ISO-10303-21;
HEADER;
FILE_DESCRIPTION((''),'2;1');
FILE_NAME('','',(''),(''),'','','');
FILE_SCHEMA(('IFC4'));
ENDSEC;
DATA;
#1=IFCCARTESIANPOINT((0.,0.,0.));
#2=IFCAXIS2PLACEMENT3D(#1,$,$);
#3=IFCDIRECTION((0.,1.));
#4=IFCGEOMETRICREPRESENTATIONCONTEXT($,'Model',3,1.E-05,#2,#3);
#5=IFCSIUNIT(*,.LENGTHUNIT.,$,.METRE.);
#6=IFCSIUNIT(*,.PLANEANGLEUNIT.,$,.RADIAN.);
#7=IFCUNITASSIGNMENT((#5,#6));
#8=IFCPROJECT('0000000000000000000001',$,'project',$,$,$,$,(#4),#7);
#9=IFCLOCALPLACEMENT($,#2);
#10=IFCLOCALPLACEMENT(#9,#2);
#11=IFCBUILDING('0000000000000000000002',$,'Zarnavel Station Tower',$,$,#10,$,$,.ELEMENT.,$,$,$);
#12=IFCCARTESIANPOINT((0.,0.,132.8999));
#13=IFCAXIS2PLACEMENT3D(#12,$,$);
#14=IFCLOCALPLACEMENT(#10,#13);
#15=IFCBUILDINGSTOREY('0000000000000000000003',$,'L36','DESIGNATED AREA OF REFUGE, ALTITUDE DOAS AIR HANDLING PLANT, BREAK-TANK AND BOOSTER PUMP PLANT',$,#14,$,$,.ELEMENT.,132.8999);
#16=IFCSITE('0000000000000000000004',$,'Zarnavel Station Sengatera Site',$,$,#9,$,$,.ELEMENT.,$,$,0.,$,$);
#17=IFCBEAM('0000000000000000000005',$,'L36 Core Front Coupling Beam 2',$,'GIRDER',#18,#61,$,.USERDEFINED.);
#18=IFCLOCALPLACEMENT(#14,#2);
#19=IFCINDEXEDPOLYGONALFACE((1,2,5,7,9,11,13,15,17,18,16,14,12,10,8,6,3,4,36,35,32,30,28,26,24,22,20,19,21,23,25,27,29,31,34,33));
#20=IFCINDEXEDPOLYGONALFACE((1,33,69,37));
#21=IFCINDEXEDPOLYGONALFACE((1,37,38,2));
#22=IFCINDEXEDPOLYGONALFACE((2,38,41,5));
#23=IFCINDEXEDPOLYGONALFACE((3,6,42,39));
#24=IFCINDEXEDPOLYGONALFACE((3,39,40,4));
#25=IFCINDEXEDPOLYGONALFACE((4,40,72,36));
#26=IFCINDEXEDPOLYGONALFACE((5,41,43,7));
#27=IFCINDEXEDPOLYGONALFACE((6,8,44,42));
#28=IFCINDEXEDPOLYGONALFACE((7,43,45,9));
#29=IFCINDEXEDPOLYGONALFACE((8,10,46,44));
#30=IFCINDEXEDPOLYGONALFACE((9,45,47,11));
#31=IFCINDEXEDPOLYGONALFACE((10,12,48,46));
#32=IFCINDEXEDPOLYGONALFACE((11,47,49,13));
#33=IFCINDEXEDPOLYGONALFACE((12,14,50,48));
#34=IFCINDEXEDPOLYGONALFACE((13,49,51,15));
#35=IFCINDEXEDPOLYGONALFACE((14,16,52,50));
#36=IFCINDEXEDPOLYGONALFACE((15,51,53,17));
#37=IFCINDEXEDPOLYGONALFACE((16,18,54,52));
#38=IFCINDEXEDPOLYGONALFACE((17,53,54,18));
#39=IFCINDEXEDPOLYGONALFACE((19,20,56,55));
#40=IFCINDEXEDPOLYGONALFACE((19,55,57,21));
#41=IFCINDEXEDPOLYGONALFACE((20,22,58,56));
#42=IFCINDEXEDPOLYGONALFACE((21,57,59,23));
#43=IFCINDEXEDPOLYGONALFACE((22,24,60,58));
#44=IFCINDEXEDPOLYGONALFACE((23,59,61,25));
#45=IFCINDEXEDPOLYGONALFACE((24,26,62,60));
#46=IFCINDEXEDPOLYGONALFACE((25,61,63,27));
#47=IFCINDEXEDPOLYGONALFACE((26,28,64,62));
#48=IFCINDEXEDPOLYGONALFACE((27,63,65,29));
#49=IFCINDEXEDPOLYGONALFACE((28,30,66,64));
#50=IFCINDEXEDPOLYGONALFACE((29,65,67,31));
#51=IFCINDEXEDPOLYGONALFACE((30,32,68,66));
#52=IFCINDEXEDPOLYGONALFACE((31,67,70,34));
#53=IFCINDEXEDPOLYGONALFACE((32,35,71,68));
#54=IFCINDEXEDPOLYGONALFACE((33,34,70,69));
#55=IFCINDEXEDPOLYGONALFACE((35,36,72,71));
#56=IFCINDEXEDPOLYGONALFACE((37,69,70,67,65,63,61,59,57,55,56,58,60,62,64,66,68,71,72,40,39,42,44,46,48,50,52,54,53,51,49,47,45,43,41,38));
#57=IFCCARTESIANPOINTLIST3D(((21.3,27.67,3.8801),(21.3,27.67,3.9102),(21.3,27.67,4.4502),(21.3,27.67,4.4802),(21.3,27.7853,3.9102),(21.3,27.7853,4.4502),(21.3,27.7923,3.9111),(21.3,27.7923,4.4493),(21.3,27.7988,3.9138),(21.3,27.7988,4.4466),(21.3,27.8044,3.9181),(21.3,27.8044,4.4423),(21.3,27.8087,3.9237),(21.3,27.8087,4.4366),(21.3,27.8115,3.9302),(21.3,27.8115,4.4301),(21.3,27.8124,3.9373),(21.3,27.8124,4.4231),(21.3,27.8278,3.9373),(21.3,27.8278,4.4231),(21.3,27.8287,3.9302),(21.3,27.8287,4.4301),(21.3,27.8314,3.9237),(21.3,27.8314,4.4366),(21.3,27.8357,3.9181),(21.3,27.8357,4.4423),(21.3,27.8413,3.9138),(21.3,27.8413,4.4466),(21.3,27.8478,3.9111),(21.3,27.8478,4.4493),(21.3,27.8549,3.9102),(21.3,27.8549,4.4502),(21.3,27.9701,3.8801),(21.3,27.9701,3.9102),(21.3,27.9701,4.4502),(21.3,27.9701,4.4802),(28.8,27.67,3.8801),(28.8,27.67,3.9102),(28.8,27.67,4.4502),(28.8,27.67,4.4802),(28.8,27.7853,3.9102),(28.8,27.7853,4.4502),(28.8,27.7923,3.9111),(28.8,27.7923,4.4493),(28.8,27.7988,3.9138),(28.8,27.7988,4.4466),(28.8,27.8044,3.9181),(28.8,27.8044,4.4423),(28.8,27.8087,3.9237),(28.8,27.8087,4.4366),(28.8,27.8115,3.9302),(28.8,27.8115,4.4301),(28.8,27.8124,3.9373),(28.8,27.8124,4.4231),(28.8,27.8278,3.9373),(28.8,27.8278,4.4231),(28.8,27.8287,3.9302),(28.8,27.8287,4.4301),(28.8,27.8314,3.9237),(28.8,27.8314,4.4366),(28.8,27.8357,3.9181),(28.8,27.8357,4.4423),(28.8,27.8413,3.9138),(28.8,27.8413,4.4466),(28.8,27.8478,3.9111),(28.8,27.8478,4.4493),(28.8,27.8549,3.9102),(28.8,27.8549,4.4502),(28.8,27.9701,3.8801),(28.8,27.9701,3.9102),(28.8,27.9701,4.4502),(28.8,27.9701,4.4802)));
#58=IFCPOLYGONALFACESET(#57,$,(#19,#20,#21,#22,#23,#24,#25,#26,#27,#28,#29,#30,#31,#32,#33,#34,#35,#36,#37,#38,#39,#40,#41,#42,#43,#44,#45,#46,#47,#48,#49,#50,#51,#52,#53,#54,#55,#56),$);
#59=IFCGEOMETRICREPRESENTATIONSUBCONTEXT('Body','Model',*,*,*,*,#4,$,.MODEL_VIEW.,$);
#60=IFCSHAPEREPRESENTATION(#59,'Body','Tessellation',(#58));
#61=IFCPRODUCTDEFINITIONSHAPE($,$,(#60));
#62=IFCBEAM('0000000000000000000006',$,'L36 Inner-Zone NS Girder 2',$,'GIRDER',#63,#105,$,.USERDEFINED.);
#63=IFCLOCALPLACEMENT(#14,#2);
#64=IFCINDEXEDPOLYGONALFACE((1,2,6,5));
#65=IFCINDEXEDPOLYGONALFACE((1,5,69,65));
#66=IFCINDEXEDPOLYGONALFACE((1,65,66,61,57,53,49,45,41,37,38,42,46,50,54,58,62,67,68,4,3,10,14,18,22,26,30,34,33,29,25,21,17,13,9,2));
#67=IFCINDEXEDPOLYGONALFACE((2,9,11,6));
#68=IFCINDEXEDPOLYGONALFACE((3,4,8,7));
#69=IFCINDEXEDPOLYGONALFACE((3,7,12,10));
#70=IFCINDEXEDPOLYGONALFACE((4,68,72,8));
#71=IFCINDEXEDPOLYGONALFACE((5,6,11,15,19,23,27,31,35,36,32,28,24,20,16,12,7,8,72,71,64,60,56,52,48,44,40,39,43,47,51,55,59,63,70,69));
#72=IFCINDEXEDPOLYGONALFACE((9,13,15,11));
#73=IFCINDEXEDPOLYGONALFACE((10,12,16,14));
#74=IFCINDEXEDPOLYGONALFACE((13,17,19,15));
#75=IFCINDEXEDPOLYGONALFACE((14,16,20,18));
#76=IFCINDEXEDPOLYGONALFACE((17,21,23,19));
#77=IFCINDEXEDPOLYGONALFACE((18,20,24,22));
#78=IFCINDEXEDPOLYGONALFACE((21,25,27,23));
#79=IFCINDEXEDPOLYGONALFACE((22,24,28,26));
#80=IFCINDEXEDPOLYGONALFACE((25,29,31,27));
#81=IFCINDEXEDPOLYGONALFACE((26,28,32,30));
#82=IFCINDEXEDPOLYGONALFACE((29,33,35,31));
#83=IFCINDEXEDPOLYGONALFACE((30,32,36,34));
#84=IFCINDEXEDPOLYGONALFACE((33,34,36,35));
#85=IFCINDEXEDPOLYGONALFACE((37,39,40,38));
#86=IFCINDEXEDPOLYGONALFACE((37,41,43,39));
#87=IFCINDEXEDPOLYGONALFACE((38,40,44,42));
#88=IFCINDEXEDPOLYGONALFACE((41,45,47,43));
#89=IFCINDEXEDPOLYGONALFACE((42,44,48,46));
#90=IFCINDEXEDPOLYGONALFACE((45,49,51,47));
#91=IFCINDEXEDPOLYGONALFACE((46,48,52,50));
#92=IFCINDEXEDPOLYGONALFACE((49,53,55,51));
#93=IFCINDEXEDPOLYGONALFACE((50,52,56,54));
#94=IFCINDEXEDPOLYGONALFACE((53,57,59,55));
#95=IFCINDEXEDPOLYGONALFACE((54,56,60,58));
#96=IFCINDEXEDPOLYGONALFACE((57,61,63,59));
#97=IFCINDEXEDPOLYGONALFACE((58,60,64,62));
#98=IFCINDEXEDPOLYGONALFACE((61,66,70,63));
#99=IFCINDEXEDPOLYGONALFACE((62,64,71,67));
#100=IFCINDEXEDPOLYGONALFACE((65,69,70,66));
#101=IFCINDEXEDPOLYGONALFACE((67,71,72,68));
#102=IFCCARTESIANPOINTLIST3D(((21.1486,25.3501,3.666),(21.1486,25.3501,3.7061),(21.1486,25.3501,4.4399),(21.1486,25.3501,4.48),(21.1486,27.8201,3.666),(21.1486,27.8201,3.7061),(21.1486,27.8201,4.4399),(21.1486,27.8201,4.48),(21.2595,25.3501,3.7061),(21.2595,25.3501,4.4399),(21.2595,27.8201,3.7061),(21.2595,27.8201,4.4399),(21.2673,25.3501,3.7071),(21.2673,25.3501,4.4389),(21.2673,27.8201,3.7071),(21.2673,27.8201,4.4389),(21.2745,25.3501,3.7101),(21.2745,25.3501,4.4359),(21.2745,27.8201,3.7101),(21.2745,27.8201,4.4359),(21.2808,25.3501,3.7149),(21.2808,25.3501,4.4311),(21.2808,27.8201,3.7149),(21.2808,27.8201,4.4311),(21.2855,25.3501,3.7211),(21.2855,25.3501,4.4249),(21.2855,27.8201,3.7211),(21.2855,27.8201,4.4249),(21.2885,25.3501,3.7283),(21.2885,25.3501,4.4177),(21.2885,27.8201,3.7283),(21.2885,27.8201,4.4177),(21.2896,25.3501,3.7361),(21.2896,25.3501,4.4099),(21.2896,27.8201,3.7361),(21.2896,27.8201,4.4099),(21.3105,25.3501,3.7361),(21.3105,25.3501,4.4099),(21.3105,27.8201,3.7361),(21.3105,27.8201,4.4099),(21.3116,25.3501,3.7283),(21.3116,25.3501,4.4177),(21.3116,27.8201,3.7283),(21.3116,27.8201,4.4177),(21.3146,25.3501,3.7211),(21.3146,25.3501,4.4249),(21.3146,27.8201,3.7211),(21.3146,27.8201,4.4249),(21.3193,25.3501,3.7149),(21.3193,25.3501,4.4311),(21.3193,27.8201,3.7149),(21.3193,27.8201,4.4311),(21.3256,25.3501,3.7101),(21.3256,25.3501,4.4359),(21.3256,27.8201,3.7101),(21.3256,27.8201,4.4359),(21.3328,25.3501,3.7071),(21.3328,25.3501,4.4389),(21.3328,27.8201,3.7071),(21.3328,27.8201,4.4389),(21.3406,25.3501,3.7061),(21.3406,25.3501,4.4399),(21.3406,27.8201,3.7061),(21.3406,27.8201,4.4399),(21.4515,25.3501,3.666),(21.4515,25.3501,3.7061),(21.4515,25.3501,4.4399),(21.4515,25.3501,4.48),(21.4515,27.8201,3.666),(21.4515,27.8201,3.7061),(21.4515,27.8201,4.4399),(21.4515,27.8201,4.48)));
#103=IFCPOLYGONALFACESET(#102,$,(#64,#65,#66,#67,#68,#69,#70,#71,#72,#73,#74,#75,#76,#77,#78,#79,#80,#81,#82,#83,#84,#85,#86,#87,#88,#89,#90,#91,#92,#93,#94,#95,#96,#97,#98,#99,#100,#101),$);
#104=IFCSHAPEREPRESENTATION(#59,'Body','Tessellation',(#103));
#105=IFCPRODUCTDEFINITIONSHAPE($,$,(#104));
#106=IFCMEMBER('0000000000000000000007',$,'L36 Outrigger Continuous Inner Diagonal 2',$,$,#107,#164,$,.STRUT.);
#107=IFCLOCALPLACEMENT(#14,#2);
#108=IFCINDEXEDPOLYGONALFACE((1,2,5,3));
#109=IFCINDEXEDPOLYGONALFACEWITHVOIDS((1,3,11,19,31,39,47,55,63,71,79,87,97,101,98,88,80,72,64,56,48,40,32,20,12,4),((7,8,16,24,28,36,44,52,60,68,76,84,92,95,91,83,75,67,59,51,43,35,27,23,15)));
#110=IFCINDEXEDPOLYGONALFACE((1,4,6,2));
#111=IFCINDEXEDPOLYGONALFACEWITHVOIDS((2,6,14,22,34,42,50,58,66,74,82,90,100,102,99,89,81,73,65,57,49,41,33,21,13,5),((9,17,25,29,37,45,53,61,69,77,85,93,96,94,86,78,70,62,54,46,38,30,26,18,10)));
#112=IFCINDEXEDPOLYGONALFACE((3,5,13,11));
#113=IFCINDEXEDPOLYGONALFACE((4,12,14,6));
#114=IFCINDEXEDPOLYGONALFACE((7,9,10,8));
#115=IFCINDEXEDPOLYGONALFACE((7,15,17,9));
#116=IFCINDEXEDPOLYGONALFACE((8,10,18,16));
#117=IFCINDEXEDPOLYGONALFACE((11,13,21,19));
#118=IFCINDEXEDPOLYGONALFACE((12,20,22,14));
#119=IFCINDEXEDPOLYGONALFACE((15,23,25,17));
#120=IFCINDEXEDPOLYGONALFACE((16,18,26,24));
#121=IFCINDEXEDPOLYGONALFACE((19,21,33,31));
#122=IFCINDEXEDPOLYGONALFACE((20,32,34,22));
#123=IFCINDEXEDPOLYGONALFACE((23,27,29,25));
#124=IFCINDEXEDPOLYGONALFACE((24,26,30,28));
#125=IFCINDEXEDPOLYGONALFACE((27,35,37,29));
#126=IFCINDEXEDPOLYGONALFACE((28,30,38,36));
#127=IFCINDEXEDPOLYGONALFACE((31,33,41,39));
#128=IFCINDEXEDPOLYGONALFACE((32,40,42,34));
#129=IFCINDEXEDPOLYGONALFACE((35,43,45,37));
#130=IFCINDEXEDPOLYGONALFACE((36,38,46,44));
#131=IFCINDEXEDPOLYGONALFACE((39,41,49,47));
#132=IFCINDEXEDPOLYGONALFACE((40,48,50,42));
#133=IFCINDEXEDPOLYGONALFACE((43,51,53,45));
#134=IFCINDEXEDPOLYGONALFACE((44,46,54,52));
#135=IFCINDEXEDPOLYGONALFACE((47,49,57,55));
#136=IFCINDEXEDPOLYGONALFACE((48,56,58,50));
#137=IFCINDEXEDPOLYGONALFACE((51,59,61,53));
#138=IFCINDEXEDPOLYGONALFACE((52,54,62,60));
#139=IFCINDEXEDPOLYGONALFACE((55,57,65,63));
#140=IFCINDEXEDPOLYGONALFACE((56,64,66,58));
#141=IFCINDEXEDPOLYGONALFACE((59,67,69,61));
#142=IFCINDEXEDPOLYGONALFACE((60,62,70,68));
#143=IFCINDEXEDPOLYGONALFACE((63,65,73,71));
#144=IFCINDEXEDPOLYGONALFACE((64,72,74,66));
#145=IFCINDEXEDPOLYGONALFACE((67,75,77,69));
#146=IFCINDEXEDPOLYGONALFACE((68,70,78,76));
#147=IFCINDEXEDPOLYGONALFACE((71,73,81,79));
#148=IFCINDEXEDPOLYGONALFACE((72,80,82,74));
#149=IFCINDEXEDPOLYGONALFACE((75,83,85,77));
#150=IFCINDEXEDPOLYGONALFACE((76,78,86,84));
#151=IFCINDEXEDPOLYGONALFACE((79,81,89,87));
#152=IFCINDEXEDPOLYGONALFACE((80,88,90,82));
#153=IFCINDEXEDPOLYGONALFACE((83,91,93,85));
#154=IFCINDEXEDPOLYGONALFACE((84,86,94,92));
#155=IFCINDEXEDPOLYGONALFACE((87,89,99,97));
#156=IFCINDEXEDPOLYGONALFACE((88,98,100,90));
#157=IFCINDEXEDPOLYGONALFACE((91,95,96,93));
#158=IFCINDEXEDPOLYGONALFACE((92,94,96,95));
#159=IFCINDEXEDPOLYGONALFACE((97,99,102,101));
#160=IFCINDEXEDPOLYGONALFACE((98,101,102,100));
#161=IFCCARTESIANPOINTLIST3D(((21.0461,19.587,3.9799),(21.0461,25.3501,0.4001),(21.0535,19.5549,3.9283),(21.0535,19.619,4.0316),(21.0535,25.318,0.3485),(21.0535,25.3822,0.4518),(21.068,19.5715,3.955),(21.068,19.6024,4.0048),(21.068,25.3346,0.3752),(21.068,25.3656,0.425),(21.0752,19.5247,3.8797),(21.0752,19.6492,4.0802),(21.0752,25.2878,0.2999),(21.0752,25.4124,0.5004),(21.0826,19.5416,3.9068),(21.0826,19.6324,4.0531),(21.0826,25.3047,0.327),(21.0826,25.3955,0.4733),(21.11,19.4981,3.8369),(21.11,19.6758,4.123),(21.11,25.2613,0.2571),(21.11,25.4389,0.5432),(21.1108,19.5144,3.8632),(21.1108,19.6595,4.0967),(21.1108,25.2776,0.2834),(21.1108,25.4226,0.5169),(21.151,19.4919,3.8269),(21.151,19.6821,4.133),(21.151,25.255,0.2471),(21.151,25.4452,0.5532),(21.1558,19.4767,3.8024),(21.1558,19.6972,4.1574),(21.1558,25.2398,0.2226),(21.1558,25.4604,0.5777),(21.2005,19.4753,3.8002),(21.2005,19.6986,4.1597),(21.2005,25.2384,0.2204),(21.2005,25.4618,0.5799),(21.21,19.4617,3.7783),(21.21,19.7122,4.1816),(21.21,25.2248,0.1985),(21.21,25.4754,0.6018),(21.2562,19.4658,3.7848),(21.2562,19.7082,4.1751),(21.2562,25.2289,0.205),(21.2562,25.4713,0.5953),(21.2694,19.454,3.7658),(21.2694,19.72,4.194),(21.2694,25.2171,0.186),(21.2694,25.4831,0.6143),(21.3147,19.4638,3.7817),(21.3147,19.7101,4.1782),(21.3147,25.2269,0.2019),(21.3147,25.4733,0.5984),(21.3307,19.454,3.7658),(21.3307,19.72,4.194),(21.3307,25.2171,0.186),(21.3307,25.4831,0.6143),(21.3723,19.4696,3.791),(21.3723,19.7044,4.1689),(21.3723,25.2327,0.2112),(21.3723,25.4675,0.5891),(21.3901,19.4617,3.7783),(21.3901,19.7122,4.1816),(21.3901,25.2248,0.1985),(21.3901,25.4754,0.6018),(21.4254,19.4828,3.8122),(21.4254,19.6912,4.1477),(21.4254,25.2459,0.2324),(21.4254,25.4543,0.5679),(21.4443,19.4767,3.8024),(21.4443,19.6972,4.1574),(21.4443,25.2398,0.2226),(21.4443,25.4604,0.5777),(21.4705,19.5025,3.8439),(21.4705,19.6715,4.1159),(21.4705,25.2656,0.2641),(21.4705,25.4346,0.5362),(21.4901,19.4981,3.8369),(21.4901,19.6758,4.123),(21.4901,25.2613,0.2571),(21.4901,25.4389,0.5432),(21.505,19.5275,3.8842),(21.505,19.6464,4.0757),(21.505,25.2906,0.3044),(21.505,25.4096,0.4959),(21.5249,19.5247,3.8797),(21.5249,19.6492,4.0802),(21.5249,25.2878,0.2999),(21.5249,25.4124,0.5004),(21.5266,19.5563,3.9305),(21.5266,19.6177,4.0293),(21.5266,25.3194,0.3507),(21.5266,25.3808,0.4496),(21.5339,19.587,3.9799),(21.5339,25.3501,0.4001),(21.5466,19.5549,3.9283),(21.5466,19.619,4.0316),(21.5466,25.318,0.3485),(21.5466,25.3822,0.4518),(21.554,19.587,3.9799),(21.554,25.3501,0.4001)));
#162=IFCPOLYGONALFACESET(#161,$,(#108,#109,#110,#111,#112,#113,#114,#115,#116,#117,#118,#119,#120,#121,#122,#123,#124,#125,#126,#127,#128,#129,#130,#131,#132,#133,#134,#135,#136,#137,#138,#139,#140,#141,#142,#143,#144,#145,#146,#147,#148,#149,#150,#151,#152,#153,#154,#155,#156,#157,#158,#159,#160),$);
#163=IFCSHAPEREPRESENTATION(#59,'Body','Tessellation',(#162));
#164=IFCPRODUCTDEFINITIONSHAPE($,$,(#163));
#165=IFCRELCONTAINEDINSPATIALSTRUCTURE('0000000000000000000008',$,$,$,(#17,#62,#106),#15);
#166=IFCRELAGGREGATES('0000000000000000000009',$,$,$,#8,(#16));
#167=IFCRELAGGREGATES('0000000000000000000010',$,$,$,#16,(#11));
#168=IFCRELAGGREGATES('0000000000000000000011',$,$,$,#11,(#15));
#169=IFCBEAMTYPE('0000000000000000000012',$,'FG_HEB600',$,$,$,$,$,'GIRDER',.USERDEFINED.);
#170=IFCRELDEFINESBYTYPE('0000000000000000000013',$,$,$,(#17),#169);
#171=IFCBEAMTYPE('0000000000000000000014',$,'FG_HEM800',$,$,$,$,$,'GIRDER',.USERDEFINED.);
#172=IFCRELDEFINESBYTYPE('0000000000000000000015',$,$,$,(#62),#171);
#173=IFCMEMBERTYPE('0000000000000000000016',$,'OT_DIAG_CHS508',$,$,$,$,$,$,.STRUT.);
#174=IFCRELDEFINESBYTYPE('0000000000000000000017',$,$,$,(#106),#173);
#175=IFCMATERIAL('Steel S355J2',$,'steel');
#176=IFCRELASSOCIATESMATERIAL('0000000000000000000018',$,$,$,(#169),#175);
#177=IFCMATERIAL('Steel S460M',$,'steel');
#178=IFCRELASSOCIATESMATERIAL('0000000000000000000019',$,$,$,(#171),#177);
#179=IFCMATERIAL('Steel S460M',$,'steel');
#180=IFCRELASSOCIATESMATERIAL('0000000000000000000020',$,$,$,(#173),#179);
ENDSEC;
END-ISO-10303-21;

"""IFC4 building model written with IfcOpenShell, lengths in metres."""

from ifc_helpers import new_model, si_unit, direction, frame, origin, origin_2d, place, context, subcontext, project, spatial, hollow_circle, i_section, extrude, material, material_profile, profile_set, type_object, element, save


model = new_model("IFC4")

# Units and contexts
model_context = context("Model", 3, precision=1e-05, world=origin(), true_north=direction((0.0, 1.0)))
body_context = subcontext(model_context, "Body", "Model", "MODEL_VIEW")
ifc_project = project(units=[si_unit("LENGTHUNIT", "METRE"), si_unit("PLANEANGLEUNIT", "RADIAN")], contexts=[model_context])

# Site, building, storey
site_placement = place(None, origin())
site = spatial("IfcSite", under=ifc_project, at=site_placement, Name="Zarnavel Station Sengatera Site", CompositionType="ELEMENT", RefElevation=0.0)
building_placement = place(site_placement, origin())
building = spatial("IfcBuilding", under=site, at=building_placement, Name="Zarnavel Station Tower", CompositionType="ELEMENT")
storey_placement = place(building_placement, frame((0.0, 0.0, 132.8999)))
storey = spatial("IfcBuildingStorey", under=building, at=storey_placement, Name="L36", Description="DESIGNATED AREA OF REFUGE, ALTITUDE DOAS AIR HANDLING PLANT, BREAK-TANK AND BOOSTER PUMP PLANT", CompositionType="ELEMENT", Elevation=132.8999)

# Beams
ifc_material_1 = material(Name="Steel S355J2", Category="steel")
ifc_material_profile_1 = material_profile(ifc_material_1, i_section(OverallWidth=0.3, OverallDepth=0.6001, WebThickness=0.0154, FlangeThickness=0.03, FilletRadius=0.0271, at=origin_2d()), Name="HEB600")
ifc_profile_set_1 = profile_set([ifc_material_profile_1], Name="Steel S355J2")
beam_type_1 = type_object("IfcBeamType", Name="FG_HEB600", ElementType="GIRDER", PredefinedType="USERDEFINED", material=ifc_profile_set_1)
beam_1_placement = place(storey_placement, frame((21.3, 27.8201, 4.1802), z_axis=(1.0, 0.0, 0.0), x_axis=(0.0, 1.0, 0.0)))
element("IfcBeam", 1, at=beam_1_placement, inside=storey, type_object=beam_type_1, Name="L36 Core Front Coupling Beam 2", ObjectType="GIRDER", PredefinedType="USERDEFINED", context=body_context, shape_type="SweptSolid", body=[
    extrude(i_section(OverallWidth=0.3, OverallDepth=0.6001, WebThickness=0.0154, FlangeThickness=0.03, FilletRadius=0.0271, at=origin_2d()), origin(), (0.0, 0.0, 1.0), 7.5),
])
ifc_material_2 = material(Name="Steel S460M", Category="steel")
ifc_material_profile_2 = material_profile(ifc_material_2, i_section(OverallWidth=0.303, OverallDepth=0.814, WebThickness=0.021, FlangeThickness=0.04, FilletRadius=0.03, at=origin_2d()), Name="HEM800")
ifc_profile_set_2 = profile_set([ifc_material_profile_2], Name="Steel S460M")
beam_type_2 = type_object("IfcBeamType", Name="FG_HEM800", ElementType="GIRDER", PredefinedType="USERDEFINED", material=ifc_profile_set_2)
beam_2_placement = place(storey_placement, frame((21.3, 25.3501, 4.073), z_axis=(0.0, 1.0, 0.0), x_axis=(-1.0, 0.0, 0.0)))
element("IfcBeam", 2, at=beam_2_placement, inside=storey, type_object=beam_type_2, Name="L36 Inner-Zone NS Girder 2", ObjectType="GIRDER", PredefinedType="USERDEFINED", context=body_context, shape_type="SweptSolid", body=[
    extrude(i_section(OverallWidth=0.303, OverallDepth=0.814, WebThickness=0.021, FlangeThickness=0.04, FilletRadius=0.03, at=origin_2d()), origin(), (0.0, 0.0, 1.0), 2.47),
])

# Member
ifc_material_3 = material(Name="Steel S460M", Category="steel")
ifc_material_profile_3 = material_profile(ifc_material_3, hollow_circle(Radius=0.2539, WallThickness=0.02, at=origin_2d()), Name="CHS508x20")
ifc_profile_set_3 = profile_set([ifc_material_profile_3], Name="Steel S460M")
member_type_1 = type_object("IfcMemberType", Name="OT_DIAG_CHS508", PredefinedType="STRUT", material=ifc_profile_set_3)
member_1_placement = place(storey_placement, frame((21.3, 25.3501, 0.4001), z_axis=(0.0, -0.849463, 0.527649), x_axis=(1.0, 0.0, 0.0)))
element("IfcMember", 3, at=member_1_placement, inside=storey, type_object=member_type_1, Name="L36 Outrigger Continuous Inner Diagonal 2", PredefinedType="STRUT", context=body_context, shape_type="SweptSolid", body=[
    extrude(hollow_circle(Radius=0.2539, WallThickness=0.02, at=origin_2d()), origin(), (0.0, 0.0, 1.0), 6.7844),
])

save(model, "model.ifc")
